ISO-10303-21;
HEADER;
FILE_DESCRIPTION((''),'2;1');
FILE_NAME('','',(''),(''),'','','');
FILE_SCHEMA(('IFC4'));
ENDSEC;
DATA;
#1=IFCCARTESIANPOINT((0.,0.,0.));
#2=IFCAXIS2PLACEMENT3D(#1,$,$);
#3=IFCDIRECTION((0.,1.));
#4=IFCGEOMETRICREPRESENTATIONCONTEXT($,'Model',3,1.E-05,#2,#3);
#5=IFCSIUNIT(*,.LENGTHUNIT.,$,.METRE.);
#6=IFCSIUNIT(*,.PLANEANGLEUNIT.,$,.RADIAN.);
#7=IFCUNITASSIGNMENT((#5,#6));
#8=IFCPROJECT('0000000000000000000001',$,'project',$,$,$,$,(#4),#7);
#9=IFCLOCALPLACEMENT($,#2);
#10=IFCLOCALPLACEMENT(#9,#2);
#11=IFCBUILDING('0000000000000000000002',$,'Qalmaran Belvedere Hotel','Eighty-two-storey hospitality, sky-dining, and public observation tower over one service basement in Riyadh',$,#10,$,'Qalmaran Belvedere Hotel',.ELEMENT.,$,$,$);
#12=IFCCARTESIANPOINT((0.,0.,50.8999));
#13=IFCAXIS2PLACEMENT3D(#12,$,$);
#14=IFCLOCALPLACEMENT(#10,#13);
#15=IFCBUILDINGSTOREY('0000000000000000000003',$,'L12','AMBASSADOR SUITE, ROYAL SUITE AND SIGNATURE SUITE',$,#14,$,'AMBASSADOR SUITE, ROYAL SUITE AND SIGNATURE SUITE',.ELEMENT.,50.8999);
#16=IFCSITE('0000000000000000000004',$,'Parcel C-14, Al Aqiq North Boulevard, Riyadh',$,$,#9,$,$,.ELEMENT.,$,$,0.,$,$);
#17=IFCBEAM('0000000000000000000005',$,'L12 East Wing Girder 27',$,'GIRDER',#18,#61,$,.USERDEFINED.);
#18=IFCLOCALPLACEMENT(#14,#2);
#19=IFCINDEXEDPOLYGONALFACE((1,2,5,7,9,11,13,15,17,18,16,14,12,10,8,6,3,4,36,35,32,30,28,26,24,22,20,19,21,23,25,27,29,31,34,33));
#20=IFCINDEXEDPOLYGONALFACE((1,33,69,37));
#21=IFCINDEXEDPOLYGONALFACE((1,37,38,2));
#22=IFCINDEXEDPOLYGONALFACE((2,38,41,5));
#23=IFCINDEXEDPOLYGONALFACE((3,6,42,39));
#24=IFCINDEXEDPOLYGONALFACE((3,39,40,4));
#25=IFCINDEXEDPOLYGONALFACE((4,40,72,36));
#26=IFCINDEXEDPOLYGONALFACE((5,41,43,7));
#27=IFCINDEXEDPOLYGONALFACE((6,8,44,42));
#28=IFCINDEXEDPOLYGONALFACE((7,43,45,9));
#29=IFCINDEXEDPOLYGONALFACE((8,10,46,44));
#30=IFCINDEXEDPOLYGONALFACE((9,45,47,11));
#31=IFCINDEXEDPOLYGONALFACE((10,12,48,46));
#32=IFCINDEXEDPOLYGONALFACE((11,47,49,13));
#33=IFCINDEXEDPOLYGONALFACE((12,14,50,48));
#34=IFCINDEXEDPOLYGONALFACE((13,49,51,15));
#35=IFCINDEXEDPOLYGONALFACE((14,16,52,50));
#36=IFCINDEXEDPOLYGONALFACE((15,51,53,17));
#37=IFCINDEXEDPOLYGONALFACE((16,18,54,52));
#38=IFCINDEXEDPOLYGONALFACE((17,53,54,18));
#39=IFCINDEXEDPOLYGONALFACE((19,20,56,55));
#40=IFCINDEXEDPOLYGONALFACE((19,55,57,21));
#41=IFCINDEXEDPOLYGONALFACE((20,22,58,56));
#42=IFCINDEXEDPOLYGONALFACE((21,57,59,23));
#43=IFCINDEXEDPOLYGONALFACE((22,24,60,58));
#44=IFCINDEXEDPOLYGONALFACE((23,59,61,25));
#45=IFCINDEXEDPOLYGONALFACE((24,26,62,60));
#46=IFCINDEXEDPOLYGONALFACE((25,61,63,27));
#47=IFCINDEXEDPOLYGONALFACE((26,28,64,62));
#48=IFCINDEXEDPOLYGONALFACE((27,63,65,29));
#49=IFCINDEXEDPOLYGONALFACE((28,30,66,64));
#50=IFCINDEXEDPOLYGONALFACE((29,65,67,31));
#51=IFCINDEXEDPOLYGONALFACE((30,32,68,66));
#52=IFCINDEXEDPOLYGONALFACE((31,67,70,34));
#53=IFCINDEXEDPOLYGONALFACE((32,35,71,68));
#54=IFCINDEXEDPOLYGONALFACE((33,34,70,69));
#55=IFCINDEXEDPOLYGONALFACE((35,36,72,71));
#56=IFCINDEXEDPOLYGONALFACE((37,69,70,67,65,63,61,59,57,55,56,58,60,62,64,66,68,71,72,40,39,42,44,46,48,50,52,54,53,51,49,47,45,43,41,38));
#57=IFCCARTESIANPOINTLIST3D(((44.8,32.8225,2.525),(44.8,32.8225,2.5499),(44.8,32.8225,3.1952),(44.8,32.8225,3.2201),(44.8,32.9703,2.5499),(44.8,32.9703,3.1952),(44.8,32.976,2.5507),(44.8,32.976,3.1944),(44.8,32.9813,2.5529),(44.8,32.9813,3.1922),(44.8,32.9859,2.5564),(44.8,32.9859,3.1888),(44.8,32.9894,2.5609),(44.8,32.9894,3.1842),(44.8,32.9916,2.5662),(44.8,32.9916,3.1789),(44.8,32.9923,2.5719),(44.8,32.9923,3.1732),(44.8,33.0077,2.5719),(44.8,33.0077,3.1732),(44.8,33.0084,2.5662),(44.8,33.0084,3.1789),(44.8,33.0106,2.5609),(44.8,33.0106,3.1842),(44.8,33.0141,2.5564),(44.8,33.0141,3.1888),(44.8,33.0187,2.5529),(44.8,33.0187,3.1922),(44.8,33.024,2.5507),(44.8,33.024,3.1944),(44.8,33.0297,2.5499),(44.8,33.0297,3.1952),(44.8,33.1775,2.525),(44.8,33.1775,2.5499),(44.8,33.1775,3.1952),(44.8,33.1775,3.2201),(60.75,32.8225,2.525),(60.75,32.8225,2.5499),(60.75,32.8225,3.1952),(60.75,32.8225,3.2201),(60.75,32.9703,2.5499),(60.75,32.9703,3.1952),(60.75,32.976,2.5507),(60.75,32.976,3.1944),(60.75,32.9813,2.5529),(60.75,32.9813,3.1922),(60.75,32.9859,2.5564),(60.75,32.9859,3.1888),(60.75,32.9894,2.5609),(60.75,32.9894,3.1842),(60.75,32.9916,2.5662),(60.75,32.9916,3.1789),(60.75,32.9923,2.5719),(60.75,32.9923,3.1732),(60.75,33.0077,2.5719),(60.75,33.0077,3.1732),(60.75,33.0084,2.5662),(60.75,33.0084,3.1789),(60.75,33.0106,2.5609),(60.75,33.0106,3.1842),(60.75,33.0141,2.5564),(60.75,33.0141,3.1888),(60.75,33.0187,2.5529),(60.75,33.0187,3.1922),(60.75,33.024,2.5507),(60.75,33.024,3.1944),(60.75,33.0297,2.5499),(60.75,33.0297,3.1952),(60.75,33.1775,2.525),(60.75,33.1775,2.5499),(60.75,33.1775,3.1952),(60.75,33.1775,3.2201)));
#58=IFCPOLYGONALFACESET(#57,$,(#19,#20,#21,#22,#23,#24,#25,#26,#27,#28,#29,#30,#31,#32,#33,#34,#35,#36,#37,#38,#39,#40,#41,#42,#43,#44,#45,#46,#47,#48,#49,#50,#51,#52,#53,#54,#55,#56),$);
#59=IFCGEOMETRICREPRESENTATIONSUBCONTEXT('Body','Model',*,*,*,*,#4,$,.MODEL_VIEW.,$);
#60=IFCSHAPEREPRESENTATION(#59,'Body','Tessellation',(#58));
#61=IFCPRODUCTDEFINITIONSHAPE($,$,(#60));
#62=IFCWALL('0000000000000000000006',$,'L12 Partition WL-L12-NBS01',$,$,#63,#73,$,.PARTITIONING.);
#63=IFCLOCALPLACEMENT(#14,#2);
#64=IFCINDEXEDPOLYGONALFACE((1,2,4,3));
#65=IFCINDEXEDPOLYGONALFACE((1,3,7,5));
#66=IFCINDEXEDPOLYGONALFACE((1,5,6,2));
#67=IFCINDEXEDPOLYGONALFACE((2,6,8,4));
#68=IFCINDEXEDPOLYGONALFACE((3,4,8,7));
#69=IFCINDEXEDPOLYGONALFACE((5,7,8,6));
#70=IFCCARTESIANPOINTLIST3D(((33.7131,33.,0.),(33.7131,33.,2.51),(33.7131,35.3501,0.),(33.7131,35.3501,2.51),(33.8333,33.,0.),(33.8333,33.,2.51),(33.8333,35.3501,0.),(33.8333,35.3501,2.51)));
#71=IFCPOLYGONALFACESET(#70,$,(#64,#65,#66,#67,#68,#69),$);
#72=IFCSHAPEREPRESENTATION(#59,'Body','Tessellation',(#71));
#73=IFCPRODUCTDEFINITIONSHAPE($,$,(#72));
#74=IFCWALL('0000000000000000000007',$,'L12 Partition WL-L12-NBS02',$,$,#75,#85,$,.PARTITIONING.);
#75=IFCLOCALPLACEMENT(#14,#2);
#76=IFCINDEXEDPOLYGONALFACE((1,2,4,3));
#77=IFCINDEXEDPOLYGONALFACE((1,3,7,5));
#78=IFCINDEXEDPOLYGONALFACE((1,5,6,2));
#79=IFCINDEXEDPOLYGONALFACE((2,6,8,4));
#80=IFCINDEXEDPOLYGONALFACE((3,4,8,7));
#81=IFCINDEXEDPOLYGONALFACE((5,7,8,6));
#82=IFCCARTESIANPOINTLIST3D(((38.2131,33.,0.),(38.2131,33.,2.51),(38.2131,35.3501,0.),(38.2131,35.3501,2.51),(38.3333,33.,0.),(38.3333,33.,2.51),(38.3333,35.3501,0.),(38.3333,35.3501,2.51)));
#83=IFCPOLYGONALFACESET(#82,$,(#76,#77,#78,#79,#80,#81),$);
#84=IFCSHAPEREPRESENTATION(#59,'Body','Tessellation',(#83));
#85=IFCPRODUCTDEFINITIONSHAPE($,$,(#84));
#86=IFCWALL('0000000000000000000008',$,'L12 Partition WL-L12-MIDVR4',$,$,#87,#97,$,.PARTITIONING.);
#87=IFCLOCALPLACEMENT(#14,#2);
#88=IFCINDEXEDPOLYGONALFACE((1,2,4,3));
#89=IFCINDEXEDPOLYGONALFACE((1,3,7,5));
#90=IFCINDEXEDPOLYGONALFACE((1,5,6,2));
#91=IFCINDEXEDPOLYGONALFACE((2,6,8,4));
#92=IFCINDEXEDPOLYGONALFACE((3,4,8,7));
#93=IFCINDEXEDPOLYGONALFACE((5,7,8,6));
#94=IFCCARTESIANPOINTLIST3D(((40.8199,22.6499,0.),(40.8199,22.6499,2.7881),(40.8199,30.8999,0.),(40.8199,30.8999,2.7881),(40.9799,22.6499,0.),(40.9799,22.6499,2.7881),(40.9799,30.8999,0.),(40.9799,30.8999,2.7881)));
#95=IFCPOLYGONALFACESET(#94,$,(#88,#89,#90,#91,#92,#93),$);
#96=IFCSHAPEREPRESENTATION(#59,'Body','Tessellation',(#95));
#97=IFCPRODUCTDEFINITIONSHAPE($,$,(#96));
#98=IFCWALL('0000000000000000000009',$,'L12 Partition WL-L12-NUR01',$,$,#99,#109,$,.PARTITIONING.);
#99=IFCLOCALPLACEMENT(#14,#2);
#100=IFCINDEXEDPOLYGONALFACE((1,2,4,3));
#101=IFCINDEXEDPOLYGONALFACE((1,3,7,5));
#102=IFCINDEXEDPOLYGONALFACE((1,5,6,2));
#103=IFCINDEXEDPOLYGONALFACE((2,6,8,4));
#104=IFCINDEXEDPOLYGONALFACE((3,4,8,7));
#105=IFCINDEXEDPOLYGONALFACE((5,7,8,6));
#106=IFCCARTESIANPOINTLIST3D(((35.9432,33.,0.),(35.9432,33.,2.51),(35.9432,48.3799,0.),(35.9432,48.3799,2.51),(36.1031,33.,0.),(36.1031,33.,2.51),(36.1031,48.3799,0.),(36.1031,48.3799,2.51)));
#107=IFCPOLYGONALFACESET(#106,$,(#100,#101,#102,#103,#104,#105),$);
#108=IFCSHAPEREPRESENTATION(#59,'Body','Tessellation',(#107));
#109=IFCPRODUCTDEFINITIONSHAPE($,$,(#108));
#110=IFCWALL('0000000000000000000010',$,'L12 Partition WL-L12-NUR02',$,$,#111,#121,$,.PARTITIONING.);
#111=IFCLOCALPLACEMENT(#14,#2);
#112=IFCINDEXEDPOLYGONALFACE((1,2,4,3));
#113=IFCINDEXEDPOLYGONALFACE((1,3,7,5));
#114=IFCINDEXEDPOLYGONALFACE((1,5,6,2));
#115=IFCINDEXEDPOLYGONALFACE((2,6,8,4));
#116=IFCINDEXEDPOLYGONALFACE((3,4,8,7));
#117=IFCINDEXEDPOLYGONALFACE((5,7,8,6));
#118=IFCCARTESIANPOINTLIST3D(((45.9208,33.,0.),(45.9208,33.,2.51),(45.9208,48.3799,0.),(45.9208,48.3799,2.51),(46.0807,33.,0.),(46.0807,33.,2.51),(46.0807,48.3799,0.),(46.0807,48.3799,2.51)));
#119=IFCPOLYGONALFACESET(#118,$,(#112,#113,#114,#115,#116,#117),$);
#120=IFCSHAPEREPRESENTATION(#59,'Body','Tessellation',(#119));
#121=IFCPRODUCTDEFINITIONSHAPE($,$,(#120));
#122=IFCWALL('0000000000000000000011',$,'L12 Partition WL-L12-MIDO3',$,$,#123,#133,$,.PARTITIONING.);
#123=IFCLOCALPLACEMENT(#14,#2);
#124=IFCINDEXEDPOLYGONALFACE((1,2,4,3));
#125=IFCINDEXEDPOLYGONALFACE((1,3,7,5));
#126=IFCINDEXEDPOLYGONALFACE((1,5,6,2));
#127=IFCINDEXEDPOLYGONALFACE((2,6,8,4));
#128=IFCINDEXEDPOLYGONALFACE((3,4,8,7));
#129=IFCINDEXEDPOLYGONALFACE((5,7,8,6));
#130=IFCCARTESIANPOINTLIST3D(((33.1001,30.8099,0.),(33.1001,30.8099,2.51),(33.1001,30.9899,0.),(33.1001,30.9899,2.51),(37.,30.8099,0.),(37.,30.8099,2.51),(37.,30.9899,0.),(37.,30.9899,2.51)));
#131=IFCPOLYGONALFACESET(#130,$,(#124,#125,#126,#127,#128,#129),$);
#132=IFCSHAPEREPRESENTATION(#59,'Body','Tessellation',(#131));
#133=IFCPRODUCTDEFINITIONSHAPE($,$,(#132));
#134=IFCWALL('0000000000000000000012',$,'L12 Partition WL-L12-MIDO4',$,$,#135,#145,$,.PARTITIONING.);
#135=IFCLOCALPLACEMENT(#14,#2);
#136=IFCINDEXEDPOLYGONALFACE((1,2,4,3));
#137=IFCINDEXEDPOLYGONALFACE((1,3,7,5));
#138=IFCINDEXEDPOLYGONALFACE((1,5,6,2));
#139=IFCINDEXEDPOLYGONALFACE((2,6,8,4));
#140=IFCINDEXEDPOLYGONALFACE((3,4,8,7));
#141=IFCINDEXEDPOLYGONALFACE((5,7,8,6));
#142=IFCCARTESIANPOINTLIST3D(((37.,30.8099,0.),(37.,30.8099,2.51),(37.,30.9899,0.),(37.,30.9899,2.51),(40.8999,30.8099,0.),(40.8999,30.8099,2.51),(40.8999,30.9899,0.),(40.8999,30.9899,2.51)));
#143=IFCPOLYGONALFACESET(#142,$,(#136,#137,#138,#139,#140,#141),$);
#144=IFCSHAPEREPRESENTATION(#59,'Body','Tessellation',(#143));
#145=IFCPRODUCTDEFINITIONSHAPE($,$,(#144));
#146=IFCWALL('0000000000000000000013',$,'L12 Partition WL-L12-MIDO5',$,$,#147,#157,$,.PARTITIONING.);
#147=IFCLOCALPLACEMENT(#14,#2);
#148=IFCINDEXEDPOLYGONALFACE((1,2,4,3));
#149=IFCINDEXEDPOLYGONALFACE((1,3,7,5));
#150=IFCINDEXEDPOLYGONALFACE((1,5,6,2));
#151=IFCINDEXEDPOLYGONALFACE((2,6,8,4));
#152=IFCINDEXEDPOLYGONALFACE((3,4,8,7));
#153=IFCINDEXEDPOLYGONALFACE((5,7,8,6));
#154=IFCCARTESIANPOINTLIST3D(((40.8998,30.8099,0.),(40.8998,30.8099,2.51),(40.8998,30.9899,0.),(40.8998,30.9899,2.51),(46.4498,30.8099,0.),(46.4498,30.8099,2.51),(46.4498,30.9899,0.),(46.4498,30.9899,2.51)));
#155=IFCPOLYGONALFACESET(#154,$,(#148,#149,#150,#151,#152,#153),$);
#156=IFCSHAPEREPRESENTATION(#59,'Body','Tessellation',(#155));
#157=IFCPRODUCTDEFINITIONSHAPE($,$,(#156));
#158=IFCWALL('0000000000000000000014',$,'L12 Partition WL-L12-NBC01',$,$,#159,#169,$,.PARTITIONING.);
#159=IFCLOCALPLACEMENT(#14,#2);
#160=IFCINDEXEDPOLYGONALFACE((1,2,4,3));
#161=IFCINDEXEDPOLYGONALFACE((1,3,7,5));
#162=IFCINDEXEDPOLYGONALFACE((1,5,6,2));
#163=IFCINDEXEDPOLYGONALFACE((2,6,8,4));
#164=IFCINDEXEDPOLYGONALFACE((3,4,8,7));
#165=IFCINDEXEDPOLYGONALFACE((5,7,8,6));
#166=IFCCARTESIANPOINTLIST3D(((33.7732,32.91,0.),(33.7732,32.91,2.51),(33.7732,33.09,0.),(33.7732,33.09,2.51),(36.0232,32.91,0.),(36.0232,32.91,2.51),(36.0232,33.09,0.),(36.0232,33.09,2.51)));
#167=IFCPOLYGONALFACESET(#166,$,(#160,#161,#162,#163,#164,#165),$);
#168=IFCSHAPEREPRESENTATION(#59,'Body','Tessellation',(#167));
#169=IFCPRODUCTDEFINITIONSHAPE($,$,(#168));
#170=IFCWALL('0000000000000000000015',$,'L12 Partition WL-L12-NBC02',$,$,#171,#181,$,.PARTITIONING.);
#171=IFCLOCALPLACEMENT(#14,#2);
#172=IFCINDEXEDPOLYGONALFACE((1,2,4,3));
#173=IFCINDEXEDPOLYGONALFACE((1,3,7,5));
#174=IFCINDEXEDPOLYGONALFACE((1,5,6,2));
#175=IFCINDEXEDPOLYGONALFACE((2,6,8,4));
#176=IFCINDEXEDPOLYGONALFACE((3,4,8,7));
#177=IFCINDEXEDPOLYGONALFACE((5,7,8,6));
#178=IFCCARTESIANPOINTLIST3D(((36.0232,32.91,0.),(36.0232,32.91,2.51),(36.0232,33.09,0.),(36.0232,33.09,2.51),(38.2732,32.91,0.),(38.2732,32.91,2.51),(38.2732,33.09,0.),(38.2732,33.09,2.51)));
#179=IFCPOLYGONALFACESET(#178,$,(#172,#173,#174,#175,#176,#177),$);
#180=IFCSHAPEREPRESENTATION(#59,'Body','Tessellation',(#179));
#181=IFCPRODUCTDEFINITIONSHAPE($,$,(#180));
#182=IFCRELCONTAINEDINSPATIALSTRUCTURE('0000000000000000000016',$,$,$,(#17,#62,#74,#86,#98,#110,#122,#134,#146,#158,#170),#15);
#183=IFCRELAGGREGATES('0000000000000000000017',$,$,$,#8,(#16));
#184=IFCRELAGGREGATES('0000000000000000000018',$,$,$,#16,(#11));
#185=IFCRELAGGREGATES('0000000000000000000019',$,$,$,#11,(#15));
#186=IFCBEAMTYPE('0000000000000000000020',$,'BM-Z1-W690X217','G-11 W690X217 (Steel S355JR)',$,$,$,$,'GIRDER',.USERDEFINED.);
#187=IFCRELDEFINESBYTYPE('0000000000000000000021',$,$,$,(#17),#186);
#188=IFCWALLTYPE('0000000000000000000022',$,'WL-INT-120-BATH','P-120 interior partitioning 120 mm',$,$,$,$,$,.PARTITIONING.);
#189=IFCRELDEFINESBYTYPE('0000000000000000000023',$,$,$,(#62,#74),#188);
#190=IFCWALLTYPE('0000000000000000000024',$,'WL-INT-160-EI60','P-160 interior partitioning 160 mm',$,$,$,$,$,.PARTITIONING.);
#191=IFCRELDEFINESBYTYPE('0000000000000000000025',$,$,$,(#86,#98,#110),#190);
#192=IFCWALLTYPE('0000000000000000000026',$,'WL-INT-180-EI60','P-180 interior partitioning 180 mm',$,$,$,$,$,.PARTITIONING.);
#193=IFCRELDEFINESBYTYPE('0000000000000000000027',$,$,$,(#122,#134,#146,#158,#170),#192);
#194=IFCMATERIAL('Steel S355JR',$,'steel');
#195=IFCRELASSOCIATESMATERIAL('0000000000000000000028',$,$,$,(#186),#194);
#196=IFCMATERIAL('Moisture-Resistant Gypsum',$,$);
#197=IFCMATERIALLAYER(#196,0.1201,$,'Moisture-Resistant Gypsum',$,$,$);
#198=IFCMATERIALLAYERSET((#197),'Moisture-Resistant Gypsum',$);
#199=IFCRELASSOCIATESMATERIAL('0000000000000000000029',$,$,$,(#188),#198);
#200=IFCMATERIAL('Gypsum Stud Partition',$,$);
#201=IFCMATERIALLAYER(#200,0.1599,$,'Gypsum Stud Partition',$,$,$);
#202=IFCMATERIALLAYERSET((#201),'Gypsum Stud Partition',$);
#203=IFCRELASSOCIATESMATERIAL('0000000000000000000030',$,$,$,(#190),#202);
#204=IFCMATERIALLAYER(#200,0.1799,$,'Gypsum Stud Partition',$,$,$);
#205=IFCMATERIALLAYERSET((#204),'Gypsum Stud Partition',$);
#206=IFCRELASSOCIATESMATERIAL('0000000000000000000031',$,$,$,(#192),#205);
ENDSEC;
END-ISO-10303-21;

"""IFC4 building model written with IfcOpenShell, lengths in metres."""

from ifc_helpers import new_model, si_unit, direction, frame, frame_2d, origin, origin_2d, place, context, subcontext, project, spatial, rectangle, i_section, extrude, material, layer, layer_set, material_profile, profile_set, type_object, element, save


model = new_model("IFC4")

# Units and contexts
model_context = context("Model", 3, precision=1e-05, world=origin(), true_north=direction((0.0, 1.0)))
body_context = subcontext(model_context, "Body", "Model", "MODEL_VIEW")
ifc_project = project(units=[si_unit("LENGTHUNIT", "METRE"), si_unit("PLANEANGLEUNIT", "RADIAN")], contexts=[model_context])

# Site, building, storey
site_placement = place(None, origin())
site = spatial("IfcSite", under=ifc_project, at=site_placement, Name="Parcel C-14, Al Aqiq North Boulevard, Riyadh", CompositionType="ELEMENT", RefElevation=0.0)
building_placement = place(site_placement, origin())
building = spatial("IfcBuilding", under=site, at=building_placement, Name="Qalmaran Belvedere Hotel", Description="Eighty-two-storey hospitality, sky-dining, and public observation tower over one service basement in Riyadh", LongName="Qalmaran Belvedere Hotel", CompositionType="ELEMENT")
storey_placement = place(building_placement, frame((0.0, 0.0, 50.8999)))
storey = spatial("IfcBuildingStorey", under=building, at=storey_placement, Name="L12", Description="AMBASSADOR SUITE, ROYAL SUITE AND SIGNATURE SUITE", LongName="AMBASSADOR SUITE, ROYAL SUITE AND SIGNATURE SUITE", CompositionType="ELEMENT", Elevation=50.8999)

# Beam
ifc_material_1 = material(Name="Steel S355JR", Category="steel")
ifc_material_profile_1 = material_profile(ifc_material_1, i_section(OverallWidth=0.355, OverallDepth=0.6951, WebThickness=0.0154, FlangeThickness=0.0249, FilletRadius=0.022, at=origin_2d()), Name="W690X217")
ifc_profile_set_1 = profile_set([ifc_material_profile_1], Name="Steel S355JR")
beam_type_1 = type_object("IfcBeamType", Name="BM-Z1-W690X217", Description="G-11 W690X217 (Steel S355JR)", ElementType="GIRDER", PredefinedType="USERDEFINED", material=ifc_profile_set_1)
beam_1_placement = place(storey_placement, frame((44.8, 33.0, 2.8726), z_axis=(1.0, 0.0, 0.0), x_axis=(0.0, 1.0, 0.0)))
element("IfcBeam", 1, at=beam_1_placement, inside=storey, type_object=beam_type_1, Name="L12 East Wing Girder 27", ObjectType="GIRDER", PredefinedType="USERDEFINED", context=body_context, shape_type="SweptSolid", body=[
    extrude(i_section(OverallWidth=0.355, OverallDepth=0.6951, WebThickness=0.0154, FlangeThickness=0.0249, FilletRadius=0.022, at=origin_2d()), origin(), (0.0, 0.0, 1.0), 15.95),
])

# Walls
ifc_material_2 = material(Name="Moisture-Resistant Gypsum")
ifc_layer_1 = layer(ifc_material_2, 0.1201, Name="Moisture-Resistant Gypsum")
ifc_layer_set_1 = layer_set([ifc_layer_1], Name="Moisture-Resistant Gypsum")
wall_type_1 = type_object("IfcWallType", Name="WL-INT-120-BATH", Description="P-120 interior partitioning 120 mm", PredefinedType="PARTITIONING", material=ifc_layer_set_1)
for number, where, z_axis, x_axis, name in (
    (2, (33.7732, 33.0, 0.0), (0.0, 0.0, 1.0), (0.0, 1.0, 0.0), "L12 Partition WL-L12-NBS01"),
    (3, (38.2732, 33.0, 0.0), (0.0, 0.0, 1.0), (0.0, 1.0, 0.0), "L12 Partition WL-L12-NBS02"),
):
    element("IfcWall", number, at=place(storey_placement, frame(where, z_axis=z_axis, x_axis=x_axis)), inside=storey, type_object=wall_type_1, Name=name, PredefinedType="PARTITIONING", context=body_context, shape_type="SweptSolid", body=[
        extrude(rectangle(XDim=2.3501, YDim=0.1201, at=frame_2d((1.175, 0.0))), origin(), (0.0, 0.0, 1.0), 2.51),
    ])
ifc_material_3 = material(Name="Gypsum Stud Partition")
ifc_layer_2 = layer(ifc_material_3, 0.1599, Name="Gypsum Stud Partition")
ifc_layer_set_2 = layer_set([ifc_layer_2], Name="Gypsum Stud Partition")
wall_type_2 = type_object("IfcWallType", Name="WL-INT-160-EI60", Description="P-160 interior partitioning 160 mm", PredefinedType="PARTITIONING", material=ifc_layer_set_2)
wall_1_placement = place(storey_placement, frame((40.8999, 22.6499, 0.0), z_axis=(0.0, 0.0, 1.0), x_axis=(0.0, 1.0, 0.0)))
element("IfcWall", 4, at=wall_1_placement, inside=storey, type_object=wall_type_2, Name="L12 Partition WL-L12-MIDVR4", PredefinedType="PARTITIONING", context=body_context, shape_type="SweptSolid", body=[
    extrude(rectangle(XDim=8.25, YDim=0.1599, at=frame_2d((4.125, 0.0))), origin(), (0.0, 0.0, 1.0), 2.7881),
])
for number, where, z_axis, x_axis, name in (
    (5, (36.0232, 33.0, 0.0), (0.0, 0.0, 1.0), (0.0, 1.0, 0.0), "L12 Partition WL-L12-NUR01"),
    (6, (46.0007, 33.0, 0.0), (0.0, 0.0, 1.0), (0.0, 1.0, 0.0), "L12 Partition WL-L12-NUR02"),
):
    element("IfcWall", number, at=place(storey_placement, frame(where, z_axis=z_axis, x_axis=x_axis)), inside=storey, type_object=wall_type_2, Name=name, PredefinedType="PARTITIONING", context=body_context, shape_type="SweptSolid", body=[
        extrude(rectangle(XDim=15.3799, YDim=0.1599, at=frame_2d((7.6899, 0.0))), origin(), (0.0, 0.0, 1.0), 2.51),
    ])
ifc_layer_3 = layer(ifc_material_3, 0.1799, Name="Gypsum Stud Partition")
ifc_layer_set_3 = layer_set([ifc_layer_3], Name="Gypsum Stud Partition")
wall_type_3 = type_object("IfcWallType", Name="WL-INT-180-EI60", Description="P-180 interior partitioning 180 mm", PredefinedType="PARTITIONING", material=ifc_layer_set_3)
wall_2_placement = place(storey_placement, frame((33.1001, 30.8999, 0.0), z_axis=(0.0, 0.0, 1.0), x_axis=(1.0, 0.0, 0.0)))
element("IfcWall", 7, at=wall_2_placement, inside=storey, type_object=wall_type_3, Name="L12 Partition WL-L12-MIDO3", PredefinedType="PARTITIONING", context=body_context, shape_type="SweptSolid", body=[
    extrude(rectangle(XDim=3.8999, YDim=0.1799, at=frame_2d((1.95, 0.0))), origin(), (0.0, 0.0, 1.0), 2.51),
])

# Wall
wall_3_placement = place(storey_placement, frame((37.0, 30.8999, 0.0), z_axis=(0.0, 0.0, 1.0), x_axis=(1.0, 0.0, 0.0)))
element("IfcWall", 8, at=wall_3_placement, inside=storey, type_object=wall_type_3, Name="L12 Partition WL-L12-MIDO4", PredefinedType="PARTITIONING", context=body_context, shape_type="SweptSolid", body=[
    extrude(rectangle(XDim=3.8999, YDim=0.1799, at=frame_2d((1.95, 0.0))), origin(), (0.0, 0.0, 1.0), 2.51),
])

# Walls
wall_4_placement = place(storey_placement, frame((40.8999, 30.8999, 0.0), z_axis=(0.0, 0.0, 1.0), x_axis=(1.0, 0.0, 0.0)))
element("IfcWall", 9, at=wall_4_placement, inside=storey, type_object=wall_type_3, Name="L12 Partition WL-L12-MIDO5", PredefinedType="PARTITIONING", context=body_context, shape_type="SweptSolid", body=[
    extrude(rectangle(XDim=5.55, YDim=0.1799, at=frame_2d((2.7749, 0.0))), origin(), (0.0, 0.0, 1.0), 2.51),
])
for number, where, z_axis, x_axis, name in (
    (10, (33.7732, 33.0, 0.0), (0.0, 0.0, 1.0), (1.0, 0.0, 0.0), "L12 Partition WL-L12-NBC01"),
    (11, (36.0232, 33.0, 0.0), (0.0, 0.0, 1.0), (1.0, 0.0, 0.0), "L12 Partition WL-L12-NBC02"),
):
    element("IfcWall", number, at=place(storey_placement, frame(where, z_axis=z_axis, x_axis=x_axis)), inside=storey, type_object=wall_type_3, Name=name, PredefinedType="PARTITIONING", context=body_context, shape_type="SweptSolid", body=[
        extrude(rectangle(XDim=2.25, YDim=0.1799, at=frame_2d((1.125, 0.0))), origin(), (0.0, 0.0, 1.0), 2.51),
    ])

save(model, "model.ifc")
